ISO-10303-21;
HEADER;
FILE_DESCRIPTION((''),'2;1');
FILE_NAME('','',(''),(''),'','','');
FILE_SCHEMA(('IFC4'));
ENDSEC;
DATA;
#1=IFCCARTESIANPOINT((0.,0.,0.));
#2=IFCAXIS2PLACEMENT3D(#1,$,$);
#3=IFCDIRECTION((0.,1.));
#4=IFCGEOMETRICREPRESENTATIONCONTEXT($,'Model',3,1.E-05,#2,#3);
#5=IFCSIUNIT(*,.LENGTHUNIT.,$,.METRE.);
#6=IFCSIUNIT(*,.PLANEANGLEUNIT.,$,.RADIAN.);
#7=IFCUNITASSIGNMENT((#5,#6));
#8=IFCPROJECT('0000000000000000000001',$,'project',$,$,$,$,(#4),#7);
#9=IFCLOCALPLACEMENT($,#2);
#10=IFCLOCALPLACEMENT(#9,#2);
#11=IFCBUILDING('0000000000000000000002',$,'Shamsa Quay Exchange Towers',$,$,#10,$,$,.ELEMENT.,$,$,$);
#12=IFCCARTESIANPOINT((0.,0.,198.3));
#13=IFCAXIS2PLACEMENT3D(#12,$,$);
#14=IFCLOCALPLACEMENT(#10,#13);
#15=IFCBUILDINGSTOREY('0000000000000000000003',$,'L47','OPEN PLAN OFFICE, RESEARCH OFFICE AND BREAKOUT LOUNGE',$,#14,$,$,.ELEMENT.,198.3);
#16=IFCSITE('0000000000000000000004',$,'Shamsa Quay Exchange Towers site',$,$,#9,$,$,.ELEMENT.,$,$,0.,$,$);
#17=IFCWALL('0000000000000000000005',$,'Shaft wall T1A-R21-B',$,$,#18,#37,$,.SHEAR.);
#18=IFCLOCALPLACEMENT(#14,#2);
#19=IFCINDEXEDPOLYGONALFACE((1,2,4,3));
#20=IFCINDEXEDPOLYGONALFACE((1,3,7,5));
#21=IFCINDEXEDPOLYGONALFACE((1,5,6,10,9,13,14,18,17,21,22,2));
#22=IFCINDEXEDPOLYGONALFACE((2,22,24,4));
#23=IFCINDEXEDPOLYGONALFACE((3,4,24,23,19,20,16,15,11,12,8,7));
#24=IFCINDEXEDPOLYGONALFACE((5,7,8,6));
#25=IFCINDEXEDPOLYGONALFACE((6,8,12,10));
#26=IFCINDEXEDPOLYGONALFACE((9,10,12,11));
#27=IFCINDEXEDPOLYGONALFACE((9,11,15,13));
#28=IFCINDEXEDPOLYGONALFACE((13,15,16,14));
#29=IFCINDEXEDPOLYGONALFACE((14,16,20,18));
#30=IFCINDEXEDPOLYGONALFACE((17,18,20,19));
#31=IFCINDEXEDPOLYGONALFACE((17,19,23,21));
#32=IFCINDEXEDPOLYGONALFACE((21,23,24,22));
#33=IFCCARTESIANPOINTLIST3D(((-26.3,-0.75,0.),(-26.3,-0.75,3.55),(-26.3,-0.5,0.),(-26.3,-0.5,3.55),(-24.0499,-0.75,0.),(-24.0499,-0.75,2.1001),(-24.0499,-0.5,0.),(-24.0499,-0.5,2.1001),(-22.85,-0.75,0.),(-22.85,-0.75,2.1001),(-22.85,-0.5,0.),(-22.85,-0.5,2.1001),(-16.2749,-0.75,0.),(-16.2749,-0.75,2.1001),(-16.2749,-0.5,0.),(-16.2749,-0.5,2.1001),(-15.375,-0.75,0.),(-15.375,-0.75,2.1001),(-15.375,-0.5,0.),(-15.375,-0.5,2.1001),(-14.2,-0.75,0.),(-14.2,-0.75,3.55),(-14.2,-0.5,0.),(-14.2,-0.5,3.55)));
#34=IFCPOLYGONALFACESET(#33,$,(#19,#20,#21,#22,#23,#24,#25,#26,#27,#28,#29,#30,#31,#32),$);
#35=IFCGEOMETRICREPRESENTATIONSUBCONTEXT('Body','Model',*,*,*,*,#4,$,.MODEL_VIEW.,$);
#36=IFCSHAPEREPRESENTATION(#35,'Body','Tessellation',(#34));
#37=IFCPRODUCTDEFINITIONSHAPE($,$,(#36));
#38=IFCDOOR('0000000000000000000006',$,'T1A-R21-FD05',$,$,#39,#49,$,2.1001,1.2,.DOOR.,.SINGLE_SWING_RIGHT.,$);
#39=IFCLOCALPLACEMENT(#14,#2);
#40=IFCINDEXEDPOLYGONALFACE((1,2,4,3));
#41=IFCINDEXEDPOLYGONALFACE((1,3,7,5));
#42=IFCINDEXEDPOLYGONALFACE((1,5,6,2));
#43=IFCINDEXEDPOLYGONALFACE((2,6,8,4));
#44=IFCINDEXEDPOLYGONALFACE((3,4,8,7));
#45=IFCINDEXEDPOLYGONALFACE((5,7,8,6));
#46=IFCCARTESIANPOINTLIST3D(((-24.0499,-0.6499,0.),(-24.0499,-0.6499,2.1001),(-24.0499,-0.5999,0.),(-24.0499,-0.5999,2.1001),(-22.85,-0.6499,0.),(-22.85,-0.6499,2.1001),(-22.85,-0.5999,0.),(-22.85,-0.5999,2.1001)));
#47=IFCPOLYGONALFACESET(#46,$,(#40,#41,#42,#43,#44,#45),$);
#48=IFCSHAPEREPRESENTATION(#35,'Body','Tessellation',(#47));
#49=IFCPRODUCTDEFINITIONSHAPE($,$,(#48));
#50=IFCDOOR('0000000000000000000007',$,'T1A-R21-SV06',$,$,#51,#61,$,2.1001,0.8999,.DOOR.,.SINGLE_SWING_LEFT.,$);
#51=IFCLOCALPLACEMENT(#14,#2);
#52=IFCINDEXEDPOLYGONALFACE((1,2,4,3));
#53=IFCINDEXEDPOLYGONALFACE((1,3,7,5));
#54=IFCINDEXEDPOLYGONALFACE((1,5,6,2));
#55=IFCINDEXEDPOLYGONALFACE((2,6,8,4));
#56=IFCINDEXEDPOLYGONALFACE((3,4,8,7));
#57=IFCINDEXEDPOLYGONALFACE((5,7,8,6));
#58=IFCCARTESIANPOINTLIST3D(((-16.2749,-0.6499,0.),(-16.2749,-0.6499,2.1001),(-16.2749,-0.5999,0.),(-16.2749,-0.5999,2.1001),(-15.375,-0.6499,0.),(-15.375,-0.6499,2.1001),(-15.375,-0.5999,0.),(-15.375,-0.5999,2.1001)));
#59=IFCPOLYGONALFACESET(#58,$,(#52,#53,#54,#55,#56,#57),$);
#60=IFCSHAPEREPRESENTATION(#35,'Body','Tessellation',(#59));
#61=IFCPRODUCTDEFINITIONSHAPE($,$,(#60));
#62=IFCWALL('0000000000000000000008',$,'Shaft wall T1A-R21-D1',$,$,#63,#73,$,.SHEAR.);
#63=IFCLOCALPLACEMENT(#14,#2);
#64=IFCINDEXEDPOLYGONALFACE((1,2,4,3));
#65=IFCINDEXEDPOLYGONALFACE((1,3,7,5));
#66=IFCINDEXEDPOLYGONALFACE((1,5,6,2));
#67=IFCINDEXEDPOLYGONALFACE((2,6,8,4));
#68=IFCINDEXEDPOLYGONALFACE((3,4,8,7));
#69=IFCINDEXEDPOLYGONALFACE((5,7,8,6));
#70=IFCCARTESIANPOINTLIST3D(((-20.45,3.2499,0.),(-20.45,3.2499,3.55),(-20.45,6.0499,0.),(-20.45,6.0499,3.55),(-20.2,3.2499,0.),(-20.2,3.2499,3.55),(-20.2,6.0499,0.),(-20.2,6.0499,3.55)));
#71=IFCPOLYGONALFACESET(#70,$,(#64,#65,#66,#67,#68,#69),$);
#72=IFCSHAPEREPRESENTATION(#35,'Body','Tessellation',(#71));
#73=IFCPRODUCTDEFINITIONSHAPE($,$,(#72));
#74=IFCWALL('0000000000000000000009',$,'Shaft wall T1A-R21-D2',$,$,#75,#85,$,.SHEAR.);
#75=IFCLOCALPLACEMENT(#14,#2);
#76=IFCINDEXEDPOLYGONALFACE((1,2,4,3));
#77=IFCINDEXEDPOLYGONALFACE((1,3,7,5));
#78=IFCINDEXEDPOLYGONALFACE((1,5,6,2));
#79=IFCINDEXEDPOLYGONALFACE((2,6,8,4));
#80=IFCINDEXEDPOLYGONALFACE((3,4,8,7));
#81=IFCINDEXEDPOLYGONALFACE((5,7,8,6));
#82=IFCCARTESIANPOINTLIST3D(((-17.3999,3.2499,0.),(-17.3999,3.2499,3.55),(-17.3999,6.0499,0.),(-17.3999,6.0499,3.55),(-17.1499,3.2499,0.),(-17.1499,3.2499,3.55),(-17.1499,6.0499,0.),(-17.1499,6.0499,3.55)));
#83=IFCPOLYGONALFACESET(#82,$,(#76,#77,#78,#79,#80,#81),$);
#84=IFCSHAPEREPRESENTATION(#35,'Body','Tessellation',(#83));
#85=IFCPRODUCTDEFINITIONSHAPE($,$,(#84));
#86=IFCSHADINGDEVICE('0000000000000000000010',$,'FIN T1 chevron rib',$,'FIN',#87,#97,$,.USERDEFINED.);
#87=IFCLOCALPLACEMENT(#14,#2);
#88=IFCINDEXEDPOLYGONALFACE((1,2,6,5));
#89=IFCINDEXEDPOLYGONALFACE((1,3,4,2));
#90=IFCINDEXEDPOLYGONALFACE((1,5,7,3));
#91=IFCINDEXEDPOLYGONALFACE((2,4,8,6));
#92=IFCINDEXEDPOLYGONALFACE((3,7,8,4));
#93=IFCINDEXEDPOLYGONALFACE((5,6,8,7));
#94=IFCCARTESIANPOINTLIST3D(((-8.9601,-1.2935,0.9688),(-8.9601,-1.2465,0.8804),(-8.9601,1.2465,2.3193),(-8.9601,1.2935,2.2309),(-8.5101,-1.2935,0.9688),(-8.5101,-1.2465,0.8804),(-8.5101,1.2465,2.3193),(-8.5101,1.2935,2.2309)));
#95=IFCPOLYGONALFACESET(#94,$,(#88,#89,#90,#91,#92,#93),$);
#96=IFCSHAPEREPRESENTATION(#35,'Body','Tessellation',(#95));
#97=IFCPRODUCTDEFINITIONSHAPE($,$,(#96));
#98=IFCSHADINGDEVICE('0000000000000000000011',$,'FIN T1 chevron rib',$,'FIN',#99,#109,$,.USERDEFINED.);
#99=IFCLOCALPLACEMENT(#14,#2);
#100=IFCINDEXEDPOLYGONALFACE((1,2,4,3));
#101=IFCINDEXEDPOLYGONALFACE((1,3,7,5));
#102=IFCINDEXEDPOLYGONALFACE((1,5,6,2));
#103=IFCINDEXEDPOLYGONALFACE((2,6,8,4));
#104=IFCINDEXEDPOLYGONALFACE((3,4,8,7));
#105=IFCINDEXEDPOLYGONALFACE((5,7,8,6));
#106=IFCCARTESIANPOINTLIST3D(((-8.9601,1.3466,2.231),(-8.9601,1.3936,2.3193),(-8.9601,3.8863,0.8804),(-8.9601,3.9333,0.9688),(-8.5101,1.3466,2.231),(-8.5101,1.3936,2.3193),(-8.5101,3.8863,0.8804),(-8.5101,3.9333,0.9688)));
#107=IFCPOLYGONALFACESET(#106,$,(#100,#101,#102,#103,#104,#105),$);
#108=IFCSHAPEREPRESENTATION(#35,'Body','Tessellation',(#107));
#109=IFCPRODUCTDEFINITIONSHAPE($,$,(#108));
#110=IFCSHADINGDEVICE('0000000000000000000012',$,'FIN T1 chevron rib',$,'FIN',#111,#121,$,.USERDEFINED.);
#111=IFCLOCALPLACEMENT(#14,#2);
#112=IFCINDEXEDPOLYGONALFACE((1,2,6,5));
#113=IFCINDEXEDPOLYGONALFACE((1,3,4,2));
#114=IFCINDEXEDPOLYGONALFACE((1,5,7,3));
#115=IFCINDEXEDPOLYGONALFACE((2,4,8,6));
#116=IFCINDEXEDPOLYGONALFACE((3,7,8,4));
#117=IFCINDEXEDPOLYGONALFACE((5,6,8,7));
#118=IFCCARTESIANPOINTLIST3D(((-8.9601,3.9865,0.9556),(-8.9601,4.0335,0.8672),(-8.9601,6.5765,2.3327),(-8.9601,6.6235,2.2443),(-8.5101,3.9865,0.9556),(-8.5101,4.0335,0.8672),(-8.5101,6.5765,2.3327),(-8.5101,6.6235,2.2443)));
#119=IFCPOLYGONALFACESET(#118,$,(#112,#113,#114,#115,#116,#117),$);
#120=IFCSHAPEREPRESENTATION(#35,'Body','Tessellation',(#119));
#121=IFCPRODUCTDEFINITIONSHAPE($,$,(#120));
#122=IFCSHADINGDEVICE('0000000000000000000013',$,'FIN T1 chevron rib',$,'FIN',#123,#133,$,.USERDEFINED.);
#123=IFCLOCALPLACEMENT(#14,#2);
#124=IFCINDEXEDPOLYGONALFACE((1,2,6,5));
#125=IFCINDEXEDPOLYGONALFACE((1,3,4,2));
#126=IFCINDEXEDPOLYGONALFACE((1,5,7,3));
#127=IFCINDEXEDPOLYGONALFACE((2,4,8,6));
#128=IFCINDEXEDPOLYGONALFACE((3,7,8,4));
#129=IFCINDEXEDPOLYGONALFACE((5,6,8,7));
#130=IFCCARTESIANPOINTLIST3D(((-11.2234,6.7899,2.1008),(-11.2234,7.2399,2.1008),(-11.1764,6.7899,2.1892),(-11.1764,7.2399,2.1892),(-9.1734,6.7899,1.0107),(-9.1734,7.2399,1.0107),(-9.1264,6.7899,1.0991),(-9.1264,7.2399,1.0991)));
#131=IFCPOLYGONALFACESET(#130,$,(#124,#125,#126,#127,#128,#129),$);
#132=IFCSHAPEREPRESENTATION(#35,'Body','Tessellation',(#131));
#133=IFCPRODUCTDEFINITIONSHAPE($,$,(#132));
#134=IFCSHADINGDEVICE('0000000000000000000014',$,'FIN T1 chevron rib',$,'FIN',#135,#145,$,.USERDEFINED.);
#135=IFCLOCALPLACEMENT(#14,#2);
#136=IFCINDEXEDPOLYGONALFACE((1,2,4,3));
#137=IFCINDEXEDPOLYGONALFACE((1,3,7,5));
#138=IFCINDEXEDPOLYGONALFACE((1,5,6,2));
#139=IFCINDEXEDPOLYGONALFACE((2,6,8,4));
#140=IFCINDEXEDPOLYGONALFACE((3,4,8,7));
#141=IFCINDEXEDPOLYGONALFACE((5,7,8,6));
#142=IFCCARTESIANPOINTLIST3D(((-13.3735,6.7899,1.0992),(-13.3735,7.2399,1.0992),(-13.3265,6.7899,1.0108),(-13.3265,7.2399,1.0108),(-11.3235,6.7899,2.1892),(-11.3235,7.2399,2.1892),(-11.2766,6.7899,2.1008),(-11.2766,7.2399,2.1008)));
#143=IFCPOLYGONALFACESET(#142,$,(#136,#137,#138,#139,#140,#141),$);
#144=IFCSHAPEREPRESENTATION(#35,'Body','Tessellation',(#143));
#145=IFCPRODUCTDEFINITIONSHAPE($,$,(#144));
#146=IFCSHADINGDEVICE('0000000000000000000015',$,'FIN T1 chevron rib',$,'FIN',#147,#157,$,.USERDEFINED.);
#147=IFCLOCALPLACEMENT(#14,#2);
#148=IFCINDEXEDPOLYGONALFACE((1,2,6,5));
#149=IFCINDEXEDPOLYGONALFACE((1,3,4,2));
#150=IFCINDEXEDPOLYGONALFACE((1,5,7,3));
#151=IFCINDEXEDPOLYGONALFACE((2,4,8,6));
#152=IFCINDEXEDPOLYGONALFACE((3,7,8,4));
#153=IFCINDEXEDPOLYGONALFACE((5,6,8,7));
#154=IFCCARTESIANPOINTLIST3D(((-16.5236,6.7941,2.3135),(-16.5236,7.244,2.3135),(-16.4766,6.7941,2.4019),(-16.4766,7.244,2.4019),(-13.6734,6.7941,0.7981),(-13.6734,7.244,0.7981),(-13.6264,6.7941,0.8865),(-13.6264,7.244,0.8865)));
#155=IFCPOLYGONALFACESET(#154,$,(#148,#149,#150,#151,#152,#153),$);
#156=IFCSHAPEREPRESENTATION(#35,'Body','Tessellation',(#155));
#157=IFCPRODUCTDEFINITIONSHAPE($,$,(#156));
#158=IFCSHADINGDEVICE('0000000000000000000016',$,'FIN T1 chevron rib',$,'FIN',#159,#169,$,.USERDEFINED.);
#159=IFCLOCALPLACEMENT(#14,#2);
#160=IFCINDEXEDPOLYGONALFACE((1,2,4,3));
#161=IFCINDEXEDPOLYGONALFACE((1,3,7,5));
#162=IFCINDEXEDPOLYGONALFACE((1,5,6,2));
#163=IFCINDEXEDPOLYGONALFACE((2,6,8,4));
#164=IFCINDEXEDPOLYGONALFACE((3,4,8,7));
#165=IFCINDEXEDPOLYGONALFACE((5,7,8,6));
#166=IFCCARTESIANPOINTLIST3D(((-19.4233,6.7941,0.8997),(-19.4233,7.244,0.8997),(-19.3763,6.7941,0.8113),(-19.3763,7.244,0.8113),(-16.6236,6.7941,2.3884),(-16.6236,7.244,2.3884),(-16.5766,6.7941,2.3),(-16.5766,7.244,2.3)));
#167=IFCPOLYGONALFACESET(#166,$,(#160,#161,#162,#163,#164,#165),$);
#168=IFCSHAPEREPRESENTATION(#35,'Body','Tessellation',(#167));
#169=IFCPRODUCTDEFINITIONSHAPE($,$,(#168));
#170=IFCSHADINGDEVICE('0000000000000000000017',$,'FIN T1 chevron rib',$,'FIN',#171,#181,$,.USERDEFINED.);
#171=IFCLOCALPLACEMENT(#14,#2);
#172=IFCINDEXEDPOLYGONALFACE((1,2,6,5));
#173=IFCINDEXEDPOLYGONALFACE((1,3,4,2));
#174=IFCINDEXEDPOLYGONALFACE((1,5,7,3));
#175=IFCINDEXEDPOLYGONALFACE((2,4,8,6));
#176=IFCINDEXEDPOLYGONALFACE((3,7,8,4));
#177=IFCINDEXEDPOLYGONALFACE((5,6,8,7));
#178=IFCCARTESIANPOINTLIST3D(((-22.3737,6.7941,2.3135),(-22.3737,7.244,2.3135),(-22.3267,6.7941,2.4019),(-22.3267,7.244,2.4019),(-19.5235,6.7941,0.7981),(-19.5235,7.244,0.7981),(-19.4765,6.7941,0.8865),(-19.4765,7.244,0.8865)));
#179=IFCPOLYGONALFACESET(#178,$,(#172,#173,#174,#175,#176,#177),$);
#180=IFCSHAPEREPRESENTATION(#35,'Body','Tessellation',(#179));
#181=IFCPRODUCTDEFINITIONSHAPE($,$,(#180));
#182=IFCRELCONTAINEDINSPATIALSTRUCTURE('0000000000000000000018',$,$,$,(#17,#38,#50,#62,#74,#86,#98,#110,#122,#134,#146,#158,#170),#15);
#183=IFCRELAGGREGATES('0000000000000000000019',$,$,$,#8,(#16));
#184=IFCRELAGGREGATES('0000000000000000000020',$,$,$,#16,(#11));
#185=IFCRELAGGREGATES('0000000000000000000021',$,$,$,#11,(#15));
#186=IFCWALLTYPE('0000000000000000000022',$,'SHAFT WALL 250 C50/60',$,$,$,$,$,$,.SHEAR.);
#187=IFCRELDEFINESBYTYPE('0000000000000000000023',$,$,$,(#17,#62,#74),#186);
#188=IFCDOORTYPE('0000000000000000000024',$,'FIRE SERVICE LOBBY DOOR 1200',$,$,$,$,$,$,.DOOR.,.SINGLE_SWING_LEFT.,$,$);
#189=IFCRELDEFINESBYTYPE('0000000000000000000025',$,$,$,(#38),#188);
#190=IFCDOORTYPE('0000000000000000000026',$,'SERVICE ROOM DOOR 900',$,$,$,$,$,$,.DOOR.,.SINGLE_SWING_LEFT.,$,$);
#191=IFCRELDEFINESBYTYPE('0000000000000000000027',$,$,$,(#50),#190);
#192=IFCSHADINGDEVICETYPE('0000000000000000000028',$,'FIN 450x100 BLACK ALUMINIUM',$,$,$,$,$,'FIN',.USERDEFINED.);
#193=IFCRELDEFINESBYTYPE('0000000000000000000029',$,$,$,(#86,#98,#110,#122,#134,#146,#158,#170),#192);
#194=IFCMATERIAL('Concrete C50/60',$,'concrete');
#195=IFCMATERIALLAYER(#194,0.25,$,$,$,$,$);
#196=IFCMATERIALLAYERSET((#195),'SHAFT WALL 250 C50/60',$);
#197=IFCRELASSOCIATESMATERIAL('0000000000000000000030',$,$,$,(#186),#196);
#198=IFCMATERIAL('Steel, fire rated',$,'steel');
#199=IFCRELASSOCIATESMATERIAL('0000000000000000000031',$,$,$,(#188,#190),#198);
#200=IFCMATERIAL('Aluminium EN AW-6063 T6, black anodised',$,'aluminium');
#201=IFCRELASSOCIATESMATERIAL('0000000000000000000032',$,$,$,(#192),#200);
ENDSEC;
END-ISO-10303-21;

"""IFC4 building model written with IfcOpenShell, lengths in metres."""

from ifc_helpers import new_model, si_unit, direction, frame, frame_2d, origin, origin_2d, place, context, subcontext, project, spatial, rectangle, extrude, material, layer, layer_set, material_profile, profile_set, type_object, element, fill, save


model = new_model("IFC4")

# Units and contexts
model_context = context("Model", 3, precision=1e-05, world=origin(), true_north=direction((0.0, 1.0)))
body_context = subcontext(model_context, "Body", "Model", "MODEL_VIEW")
ifc_project = project(units=[si_unit("LENGTHUNIT", "METRE"), si_unit("PLANEANGLEUNIT", "RADIAN")], contexts=[model_context])

# Site, building, storey
site_placement = place(None, origin())
site = spatial("IfcSite", under=ifc_project, at=site_placement, Name="Shamsa Quay Exchange Towers site", CompositionType="ELEMENT", RefElevation=0.0)
building_placement = place(site_placement, origin())
building = spatial("IfcBuilding", under=site, at=building_placement, Name="Shamsa Quay Exchange Towers", CompositionType="ELEMENT")
storey_placement = place(building_placement, frame((0.0, 0.0, 198.3)))
storey = spatial("IfcBuildingStorey", under=building, at=storey_placement, Name="L47", Description="OPEN PLAN OFFICE, RESEARCH OFFICE AND BREAKOUT LOUNGE", CompositionType="ELEMENT", Elevation=198.3)

# Shared definitions
ifc_material_1 = material(Name="Aluminium EN AW-6063 T6, black anodised", Category="aluminium")

# Wall, openings, doors
ifc_material_2 = material(Name="Steel, fire rated", Category="steel")
ifc_material_3 = material(Name="Concrete C50/60", Category="concrete")
ifc_layer_1 = layer(ifc_material_3, 0.25)
ifc_layer_set_1 = layer_set([ifc_layer_1], Name="SHAFT WALL 250 C50/60")
wall_type_1 = type_object("IfcWallType", Name="SHAFT WALL 250 C50/60", PredefinedType="SHEAR", material=ifc_layer_set_1)
wall_1_placement = place(storey_placement, frame((-14.2, -0.625, 0.0), z_axis=(0.0, 0.0, 1.0), x_axis=(-1.0, 0.0, 0.0)))
wall_1 = element("IfcWall", 1, at=wall_1_placement, inside=storey, type_object=wall_type_1, Name="Shaft wall T1A-R21-B", PredefinedType="SHEAR", context=body_context, shape_type="SweptSolid", body=[
    extrude(rectangle(XDim=12.1001, YDim=0.25, at=frame_2d((6.05, 0.0))), origin(), (0.0, 0.0, 1.0), 3.55),
])
opening_1_placement = place(wall_1_placement, frame((8.6499, 0.0, 0.0)))
opening_1 = element("IfcOpeningElement", 2, at=opening_1_placement, cuts=wall_1, PredefinedType="OPENING", context=body_context, shape_type="SweptSolid", body=[
    extrude(rectangle(XDim=1.2, YDim=2.1001, at=frame_2d((0.6001, 1.05))), frame((0.0, 0.135, 0.0), z_axis=(0.0, -1.0, 0.0), x_axis=(1.0, 0.0, 0.0)), (0.0, 0.0, 1.0), 0.27),
])
opening_2_placement = place(wall_1_placement, frame((1.175, 0.0, 0.0)))
opening_2 = element("IfcOpeningElement", 3, at=opening_2_placement, cuts=wall_1, PredefinedType="OPENING", context=body_context, shape_type="SweptSolid", body=[
    extrude(rectangle(XDim=0.8999, YDim=2.1001, at=frame_2d((0.45, 1.05))), frame((0.0, 0.135, 0.0), z_axis=(0.0, -1.0, 0.0), x_axis=(1.0, 0.0, 0.0)), (0.0, 0.0, 1.0), 0.27),
])
door_type_1 = type_object("IfcDoorType", Name="FIRE SERVICE LOBBY DOOR 1200", OperationType="SINGLE_SWING_LEFT", PredefinedType="DOOR", material=ifc_material_2)
door_1_placement = place(opening_1_placement, origin())
door_1 = element("IfcDoor", 4, at=door_1_placement, inside=storey, type_object=door_type_1, Name="T1A-R21-FD05", OperationType="SINGLE_SWING_RIGHT", OverallHeight=2.1001, OverallWidth=1.2, PredefinedType="DOOR", context=body_context, shape_type="SweptSolid", body=[
    extrude(rectangle(XDim=1.2, YDim=2.1001, at=frame_2d((0.6001, 1.05))), frame((0.0, 0.0249, 0.0), z_axis=(0.0, -1.0, 0.0), x_axis=(1.0, 0.0, 0.0)), (0.0, 0.0, 1.0), 0.05),
])
fill(opening_1, door_1)
door_type_2 = type_object("IfcDoorType", Name="SERVICE ROOM DOOR 900", OperationType="SINGLE_SWING_LEFT", PredefinedType="DOOR", material=ifc_material_2)
door_2_placement = place(opening_2_placement, origin())
door_2 = element("IfcDoor", 5, at=door_2_placement, inside=storey, type_object=door_type_2, Name="T1A-R21-SV06", OperationType="SINGLE_SWING_LEFT", OverallHeight=2.1001, OverallWidth=0.8999, PredefinedType="DOOR", context=body_context, shape_type="SweptSolid", body=[
    extrude(rectangle(XDim=0.8999, YDim=2.1001, at=frame_2d((0.45, 1.05))), frame((0.0, 0.0249, 0.0), z_axis=(0.0, -1.0, 0.0), x_axis=(1.0, 0.0, 0.0)), (0.0, 0.0, 1.0), 0.05),
])
fill(opening_2, door_2)

# Walls
for number, where, z_axis, x_axis, name in (
    (6, (-20.325, 3.25, 0.0), (0.0, 0.0, 1.0), (0.0, 1.0, 0.0), "Shaft wall T1A-R21-D1"),
    (7, (-17.2749, 3.25, 0.0), (0.0, 0.0, 1.0), (0.0, 1.0, 0.0), "Shaft wall T1A-R21-D2"),
):
    element("IfcWall", number, at=place(storey_placement, frame(where, z_axis=z_axis, x_axis=x_axis)), inside=storey, type_object=wall_type_1, Name=name, PredefinedType="SHEAR", context=body_context, shape_type="SweptSolid", body=[
        extrude(rectangle(XDim=2.8, YDim=0.25, at=frame_2d((1.3999, 0.0))), origin(), (0.0, 0.0, 1.0), 3.55),
    ])

# Shading devices
ifc_material_profile_1 = material_profile(ifc_material_1, rectangle(XDim=0.45, YDim=0.1001, at=origin_2d()), Name="FIN450x100")
ifc_profile_set_1 = profile_set([ifc_material_profile_1], Name="Aluminium EN AW-6063 T6, black anodised")
shading_device_type = type_object("IfcShadingDeviceType", Name="FIN 450x100 BLACK ALUMINIUM", ElementType="FIN", PredefinedType="USERDEFINED", material=ifc_profile_set_1)
shading_device_1_placement = place(storey_placement, frame((-8.7351, -1.27, 0.9246), z_axis=(0.0, 0.882944, 0.469478), x_axis=(-1.0, 0.0, 0.0)))
element("IfcShadingDevice", 8, at=shading_device_1_placement, inside=storey, type_object=shading_device_type, Name="FIN T1 chevron rib", ObjectType="FIN", PredefinedType="USERDEFINED", context=body_context, shape_type="SweptSolid", body=[
    extrude(rectangle(XDim=0.45, YDim=0.1001, at=origin_2d()), origin(), (0.0, 0.0, 1.0), 2.8767),
])
shading_device_2_placement = place(storey_placement, frame((-8.7351, 1.3701, 2.2751), z_axis=(0.0, 0.882926, -0.469513), x_axis=(-1.0, 0.0, 0.0)))
element("IfcShadingDevice", 9, at=shading_device_2_placement, inside=storey, type_object=shading_device_type, Name="FIN T1 chevron rib", ObjectType="FIN", PredefinedType="USERDEFINED", context=body_context, shape_type="SweptSolid", body=[
    extrude(rectangle(XDim=0.45, YDim=0.1001, at=origin_2d()), origin(), (0.0, 0.0, 1.0), 2.8765),
])
shading_device_3_placement = place(storey_placement, frame((-8.7351, 4.01, 0.9114), z_axis=(0.0, 0.882944, 0.469478), x_axis=(-1.0, 0.0, 0.0)))
element("IfcShadingDevice", 10, at=shading_device_3_placement, inside=storey, type_object=shading_device_type, Name="FIN T1 chevron rib", ObjectType="FIN", PredefinedType="USERDEFINED", context=body_context, shape_type="SweptSolid", body=[
    extrude(rectangle(XDim=0.45, YDim=0.1001, at=origin_2d()), origin(), (0.0, 0.0, 1.0), 2.9333),
])
for number, where, z_axis, x_axis, name in (
    (11, (-9.1499, 7.0149, 1.0549), (-0.882937, 0.0, 0.469491), (0.0, -1.0, 0.0), "FIN T1 chevron rib"),
    (12, (-11.3, 7.0149, 2.145), (-0.882937, 0.0, -0.469491), (0.0, -1.0, 0.0), "FIN T1 chevron rib"),
):
    element("IfcShadingDevice", number, at=place(storey_placement, frame(where, z_axis=z_axis, x_axis=x_axis)), inside=storey, type_object=shading_device_type, Name=name, ObjectType="FIN", PredefinedType="USERDEFINED", context=body_context, shape_type="SweptSolid", body=[
        extrude(rectangle(XDim=0.45, YDim=0.1001, at=origin_2d()), origin(), (0.0, 0.0, 1.0), 2.3218),
    ])
shading_device_4_placement = place(storey_placement, frame((-13.6499, 7.019, 0.8423), z_axis=(-0.882953, 0.0, 0.469461), x_axis=(0.0, -1.0, 0.0)))
element("IfcShadingDevice", 13, at=shading_device_4_placement, inside=storey, type_object=shading_device_type, Name="FIN T1 chevron rib", ObjectType="FIN", PredefinedType="USERDEFINED", context=body_context, shape_type="SweptSolid", body=[
    extrude(rectangle(XDim=0.45, YDim=0.1001, at=origin_2d()), origin(), (0.0, 0.0, 1.0), 3.228),
])
shading_device_5_placement = place(storey_placement, frame((-16.6001, 7.019, 2.3442), z_axis=(-0.882936, 0.0, -0.469493), x_axis=(0.0, -1.0, 0.0)))
element("IfcShadingDevice", 14, at=shading_device_5_placement, inside=storey, type_object=shading_device_type, Name="FIN T1 chevron rib", ObjectType="FIN", PredefinedType="USERDEFINED", context=body_context, shape_type="SweptSolid", body=[
    extrude(rectangle(XDim=0.45, YDim=0.1001, at=origin_2d()), origin(), (0.0, 0.0, 1.0), 3.1709),
])
shading_device_6_placement = place(storey_placement, frame((-19.5, 7.019, 0.8423), z_axis=(-0.882953, 0.0, 0.469461), x_axis=(0.0, -1.0, 0.0)))
element("IfcShadingDevice", 15, at=shading_device_6_placement, inside=storey, type_object=shading_device_type, Name="FIN T1 chevron rib", ObjectType="FIN", PredefinedType="USERDEFINED", context=body_context, shape_type="SweptSolid", body=[
    extrude(rectangle(XDim=0.45, YDim=0.1001, at=origin_2d()), origin(), (0.0, 0.0, 1.0), 3.228),
])

save(model, "model.ifc")
